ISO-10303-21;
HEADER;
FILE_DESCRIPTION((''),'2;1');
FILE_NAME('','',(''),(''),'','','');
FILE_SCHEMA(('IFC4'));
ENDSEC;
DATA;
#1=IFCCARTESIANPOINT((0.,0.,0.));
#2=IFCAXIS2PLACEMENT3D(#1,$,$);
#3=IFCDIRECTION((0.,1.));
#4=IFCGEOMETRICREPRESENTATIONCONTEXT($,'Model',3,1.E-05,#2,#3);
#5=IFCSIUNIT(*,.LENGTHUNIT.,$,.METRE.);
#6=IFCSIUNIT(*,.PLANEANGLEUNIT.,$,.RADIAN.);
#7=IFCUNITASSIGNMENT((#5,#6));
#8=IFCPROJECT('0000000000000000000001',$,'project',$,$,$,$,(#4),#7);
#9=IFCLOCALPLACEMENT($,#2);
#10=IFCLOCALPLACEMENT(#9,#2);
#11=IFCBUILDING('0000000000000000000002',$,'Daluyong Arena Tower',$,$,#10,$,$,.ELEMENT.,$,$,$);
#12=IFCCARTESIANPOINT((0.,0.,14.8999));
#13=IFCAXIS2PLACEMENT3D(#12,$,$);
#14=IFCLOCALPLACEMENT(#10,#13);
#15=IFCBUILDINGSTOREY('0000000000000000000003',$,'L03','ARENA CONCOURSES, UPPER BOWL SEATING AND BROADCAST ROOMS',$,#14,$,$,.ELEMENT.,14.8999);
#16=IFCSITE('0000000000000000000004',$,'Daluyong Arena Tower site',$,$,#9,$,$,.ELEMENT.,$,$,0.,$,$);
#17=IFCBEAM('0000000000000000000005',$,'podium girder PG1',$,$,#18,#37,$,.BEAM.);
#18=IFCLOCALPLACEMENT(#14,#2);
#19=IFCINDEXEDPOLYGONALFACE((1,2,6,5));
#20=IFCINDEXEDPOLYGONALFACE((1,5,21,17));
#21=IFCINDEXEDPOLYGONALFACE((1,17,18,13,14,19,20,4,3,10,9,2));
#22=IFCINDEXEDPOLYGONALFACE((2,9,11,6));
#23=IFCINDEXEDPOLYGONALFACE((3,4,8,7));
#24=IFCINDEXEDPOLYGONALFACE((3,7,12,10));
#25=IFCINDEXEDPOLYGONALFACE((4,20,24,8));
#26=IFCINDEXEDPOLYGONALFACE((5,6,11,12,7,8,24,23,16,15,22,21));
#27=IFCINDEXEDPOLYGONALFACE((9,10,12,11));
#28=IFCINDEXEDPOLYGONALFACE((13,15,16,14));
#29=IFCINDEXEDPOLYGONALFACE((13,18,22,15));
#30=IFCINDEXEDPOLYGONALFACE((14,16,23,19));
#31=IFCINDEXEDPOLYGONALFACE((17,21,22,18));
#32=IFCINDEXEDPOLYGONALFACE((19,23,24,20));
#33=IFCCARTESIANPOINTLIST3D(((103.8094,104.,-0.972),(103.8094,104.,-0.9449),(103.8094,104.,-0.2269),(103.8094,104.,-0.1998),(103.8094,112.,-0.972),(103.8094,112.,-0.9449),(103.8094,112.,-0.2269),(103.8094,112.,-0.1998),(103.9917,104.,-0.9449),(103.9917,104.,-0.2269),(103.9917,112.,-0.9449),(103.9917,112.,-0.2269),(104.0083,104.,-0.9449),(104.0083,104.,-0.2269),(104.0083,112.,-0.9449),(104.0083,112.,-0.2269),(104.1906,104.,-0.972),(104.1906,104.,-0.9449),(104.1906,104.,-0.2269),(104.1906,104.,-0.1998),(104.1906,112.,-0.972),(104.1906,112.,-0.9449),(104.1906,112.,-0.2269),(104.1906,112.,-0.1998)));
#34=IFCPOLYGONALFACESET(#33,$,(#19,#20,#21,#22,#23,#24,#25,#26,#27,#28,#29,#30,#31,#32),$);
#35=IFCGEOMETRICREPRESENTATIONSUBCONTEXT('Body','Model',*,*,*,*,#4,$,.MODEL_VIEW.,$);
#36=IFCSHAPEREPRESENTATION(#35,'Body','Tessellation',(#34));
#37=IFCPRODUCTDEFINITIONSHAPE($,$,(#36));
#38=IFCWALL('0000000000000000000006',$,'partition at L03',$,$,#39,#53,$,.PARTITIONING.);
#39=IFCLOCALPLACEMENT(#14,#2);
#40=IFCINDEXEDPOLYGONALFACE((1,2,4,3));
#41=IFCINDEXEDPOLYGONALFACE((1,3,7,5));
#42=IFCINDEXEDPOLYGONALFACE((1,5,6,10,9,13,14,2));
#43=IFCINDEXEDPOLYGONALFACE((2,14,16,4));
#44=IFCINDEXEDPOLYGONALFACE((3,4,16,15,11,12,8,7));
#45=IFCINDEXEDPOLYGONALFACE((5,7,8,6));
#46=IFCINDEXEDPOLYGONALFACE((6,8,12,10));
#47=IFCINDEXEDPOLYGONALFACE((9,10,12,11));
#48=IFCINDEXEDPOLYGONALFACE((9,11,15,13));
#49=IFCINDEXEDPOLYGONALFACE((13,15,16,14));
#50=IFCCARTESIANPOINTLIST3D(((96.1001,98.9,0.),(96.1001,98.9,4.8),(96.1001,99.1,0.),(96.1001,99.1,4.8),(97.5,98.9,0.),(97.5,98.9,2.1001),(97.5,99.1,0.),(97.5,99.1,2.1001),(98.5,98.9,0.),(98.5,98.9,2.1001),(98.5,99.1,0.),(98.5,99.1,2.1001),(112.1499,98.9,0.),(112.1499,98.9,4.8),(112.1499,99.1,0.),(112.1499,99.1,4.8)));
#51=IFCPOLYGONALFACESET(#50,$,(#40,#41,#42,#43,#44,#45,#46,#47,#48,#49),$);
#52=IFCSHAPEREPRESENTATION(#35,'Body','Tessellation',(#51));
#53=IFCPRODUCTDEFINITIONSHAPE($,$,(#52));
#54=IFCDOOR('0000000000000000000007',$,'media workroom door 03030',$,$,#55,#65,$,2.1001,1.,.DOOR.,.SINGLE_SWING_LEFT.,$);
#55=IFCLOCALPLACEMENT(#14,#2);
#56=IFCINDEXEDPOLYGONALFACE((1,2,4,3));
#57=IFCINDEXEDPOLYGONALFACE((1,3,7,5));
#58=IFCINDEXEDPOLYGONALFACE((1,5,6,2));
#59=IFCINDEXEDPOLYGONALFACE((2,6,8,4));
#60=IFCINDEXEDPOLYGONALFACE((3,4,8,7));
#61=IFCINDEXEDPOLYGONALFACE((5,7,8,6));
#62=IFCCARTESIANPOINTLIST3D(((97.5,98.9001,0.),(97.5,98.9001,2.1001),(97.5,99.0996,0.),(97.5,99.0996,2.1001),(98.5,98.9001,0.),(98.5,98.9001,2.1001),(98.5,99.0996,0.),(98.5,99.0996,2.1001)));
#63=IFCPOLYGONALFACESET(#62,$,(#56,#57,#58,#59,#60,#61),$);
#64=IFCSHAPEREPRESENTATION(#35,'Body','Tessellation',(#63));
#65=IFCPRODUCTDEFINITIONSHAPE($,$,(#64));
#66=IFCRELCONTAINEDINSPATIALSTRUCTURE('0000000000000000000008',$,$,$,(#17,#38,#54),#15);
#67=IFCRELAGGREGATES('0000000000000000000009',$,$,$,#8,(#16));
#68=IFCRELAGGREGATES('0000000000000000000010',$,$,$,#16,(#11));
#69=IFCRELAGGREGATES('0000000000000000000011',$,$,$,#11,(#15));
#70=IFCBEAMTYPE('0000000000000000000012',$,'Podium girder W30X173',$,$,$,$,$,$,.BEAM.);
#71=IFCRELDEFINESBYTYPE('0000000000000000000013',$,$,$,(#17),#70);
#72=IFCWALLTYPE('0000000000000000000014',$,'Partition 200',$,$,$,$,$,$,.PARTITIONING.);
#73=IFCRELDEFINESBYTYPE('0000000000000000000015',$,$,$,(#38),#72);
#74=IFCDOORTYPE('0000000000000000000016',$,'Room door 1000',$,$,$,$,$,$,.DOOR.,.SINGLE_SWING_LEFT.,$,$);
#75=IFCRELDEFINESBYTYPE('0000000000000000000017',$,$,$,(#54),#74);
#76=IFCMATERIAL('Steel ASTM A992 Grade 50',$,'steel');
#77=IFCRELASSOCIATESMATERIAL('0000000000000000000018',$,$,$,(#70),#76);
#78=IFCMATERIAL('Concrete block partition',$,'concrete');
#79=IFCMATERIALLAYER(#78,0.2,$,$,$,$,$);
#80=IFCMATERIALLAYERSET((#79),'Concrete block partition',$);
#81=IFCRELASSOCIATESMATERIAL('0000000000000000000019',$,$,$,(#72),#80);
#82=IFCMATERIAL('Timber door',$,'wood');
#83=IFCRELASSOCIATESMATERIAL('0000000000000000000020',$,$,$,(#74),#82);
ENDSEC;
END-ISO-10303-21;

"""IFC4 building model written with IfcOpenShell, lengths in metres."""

from ifc_helpers import new_model, si_unit, direction, frame, frame_2d, origin, origin_2d, place, context, subcontext, project, spatial, rectangle, i_section, extrude, material, layer, layer_set, material_profile, profile_set, type_object, element, fill, save


model = new_model("IFC4")

# Units and contexts
model_context = context("Model", 3, precision=1e-05, world=origin(), true_north=direction((0.0, 1.0)))
body_context = subcontext(model_context, "Body", "Model", "MODEL_VIEW")
ifc_project = project(units=[si_unit("LENGTHUNIT", "METRE"), si_unit("PLANEANGLEUNIT", "RADIAN")], contexts=[model_context])

# Site, building, storey
site_placement = place(None, origin())
site = spatial("IfcSite", under=ifc_project, at=site_placement, Name="Daluyong Arena Tower site", CompositionType="ELEMENT", RefElevation=0.0)
building_placement = place(site_placement, origin())
building = spatial("IfcBuilding", under=site, at=building_placement, Name="Daluyong Arena Tower", CompositionType="ELEMENT")
storey_placement = place(building_placement, frame((0.0, 0.0, 14.8999)))
storey = spatial("IfcBuildingStorey", under=building, at=storey_placement, Name="L03", Description="ARENA CONCOURSES, UPPER BOWL SEATING AND BROADCAST ROOMS", CompositionType="ELEMENT", Elevation=14.8999)

# Beam
ifc_material_1 = material(Name="Steel ASTM A992 Grade 50", Category="steel")
ifc_material_profile_1 = material_profile(ifc_material_1, i_section(OverallWidth=0.3811, OverallDepth=0.7722, WebThickness=0.0166, FlangeThickness=0.0271, at=origin_2d()))
ifc_profile_set_1 = profile_set([ifc_material_profile_1], Name="Steel ASTM A992 Grade 50")
beam_type_1 = type_object("IfcBeamType", Name="Podium girder W30X173", PredefinedType="BEAM", material=ifc_profile_set_1)
for number, where, z_axis, x_axis, name in (
    (1, (104.0, 104.0, -0.5859), (0.0, 1.0, 0.0), (-1.0, 0.0, 0.0), "podium girder PG1"),
):
    element("IfcBeam", number, at=place(storey_placement, frame(where, z_axis=z_axis, x_axis=x_axis)), inside=storey, type_object=beam_type_1, Name=name, PredefinedType="BEAM", context=body_context, shape_type="SweptSolid", body=[
        extrude(i_section(OverallWidth=0.3811, OverallDepth=0.7722, WebThickness=0.0166, FlangeThickness=0.0271, at=origin_2d()), origin(), (0.0, 0.0, 1.0), 8.0),
    ])

# Wall, opening, door
ifc_material_2 = material(Name="Concrete block partition", Category="concrete")
ifc_layer = layer(ifc_material_2, 0.2)
ifc_layer_set = layer_set([ifc_layer], Name="Concrete block partition")
wall_type = type_object("IfcWallType", Name="Partition 200", PredefinedType="PARTITIONING", material=ifc_layer_set)
wall_placement = place(storey_placement, frame((96.1001, 99.0, 0.0), z_axis=(0.0, 0.0, 1.0), x_axis=(1.0, 0.0, 0.0)))
wall = element("IfcWall", 2, at=wall_placement, inside=storey, type_object=wall_type, Name="partition at L03", PredefinedType="PARTITIONING", context=body_context, shape_type="SweptSolid", body=[
    extrude(rectangle(XDim=16.0498, YDim=0.2, at=frame_2d((8.0249, 0.0))), origin(), (0.0, 0.0, 1.0), 4.8),
])
opening_placement = place(wall_placement, frame((1.3999, 0.0, 0.0)))
opening = element("IfcOpeningElement", 3, at=opening_placement, cuts=wall, PredefinedType="OPENING", context=body_context, shape_type="SweptSolid", body=[
    extrude(rectangle(XDim=1.0, YDim=2.1001, at=frame_2d((0.5, 1.05))), frame((0.0, 0.1099, 0.0), z_axis=(0.0, -1.0, 0.0), x_axis=(1.0, 0.0, 0.0)), (0.0, 0.0, 1.0), 0.22),
])
ifc_material_3 = material(Name="Timber door", Category="wood")
door_type = type_object("IfcDoorType", Name="Room door 1000", OperationType="SINGLE_SWING_LEFT", PredefinedType="DOOR", material=ifc_material_3)
door_placement = place(opening_placement, origin())
door = element("IfcDoor", 4, at=door_placement, inside=storey, type_object=door_type, Name="media workroom door 03030", OperationType="SINGLE_SWING_LEFT", OverallHeight=2.1001, OverallWidth=1.0, PredefinedType="DOOR", context=body_context, shape_type="SweptSolid", body=[
    extrude(rectangle(XDim=1.0, YDim=2.1001, at=frame_2d((0.5, 1.05))), frame((0.0, 0.0996, 0.0), z_axis=(0.0, -1.0, 0.0), x_axis=(1.0, 0.0, 0.0)), (0.0, 0.0, 1.0), 0.1995),
])
fill(opening, door)

save(model, "model.ifc")
